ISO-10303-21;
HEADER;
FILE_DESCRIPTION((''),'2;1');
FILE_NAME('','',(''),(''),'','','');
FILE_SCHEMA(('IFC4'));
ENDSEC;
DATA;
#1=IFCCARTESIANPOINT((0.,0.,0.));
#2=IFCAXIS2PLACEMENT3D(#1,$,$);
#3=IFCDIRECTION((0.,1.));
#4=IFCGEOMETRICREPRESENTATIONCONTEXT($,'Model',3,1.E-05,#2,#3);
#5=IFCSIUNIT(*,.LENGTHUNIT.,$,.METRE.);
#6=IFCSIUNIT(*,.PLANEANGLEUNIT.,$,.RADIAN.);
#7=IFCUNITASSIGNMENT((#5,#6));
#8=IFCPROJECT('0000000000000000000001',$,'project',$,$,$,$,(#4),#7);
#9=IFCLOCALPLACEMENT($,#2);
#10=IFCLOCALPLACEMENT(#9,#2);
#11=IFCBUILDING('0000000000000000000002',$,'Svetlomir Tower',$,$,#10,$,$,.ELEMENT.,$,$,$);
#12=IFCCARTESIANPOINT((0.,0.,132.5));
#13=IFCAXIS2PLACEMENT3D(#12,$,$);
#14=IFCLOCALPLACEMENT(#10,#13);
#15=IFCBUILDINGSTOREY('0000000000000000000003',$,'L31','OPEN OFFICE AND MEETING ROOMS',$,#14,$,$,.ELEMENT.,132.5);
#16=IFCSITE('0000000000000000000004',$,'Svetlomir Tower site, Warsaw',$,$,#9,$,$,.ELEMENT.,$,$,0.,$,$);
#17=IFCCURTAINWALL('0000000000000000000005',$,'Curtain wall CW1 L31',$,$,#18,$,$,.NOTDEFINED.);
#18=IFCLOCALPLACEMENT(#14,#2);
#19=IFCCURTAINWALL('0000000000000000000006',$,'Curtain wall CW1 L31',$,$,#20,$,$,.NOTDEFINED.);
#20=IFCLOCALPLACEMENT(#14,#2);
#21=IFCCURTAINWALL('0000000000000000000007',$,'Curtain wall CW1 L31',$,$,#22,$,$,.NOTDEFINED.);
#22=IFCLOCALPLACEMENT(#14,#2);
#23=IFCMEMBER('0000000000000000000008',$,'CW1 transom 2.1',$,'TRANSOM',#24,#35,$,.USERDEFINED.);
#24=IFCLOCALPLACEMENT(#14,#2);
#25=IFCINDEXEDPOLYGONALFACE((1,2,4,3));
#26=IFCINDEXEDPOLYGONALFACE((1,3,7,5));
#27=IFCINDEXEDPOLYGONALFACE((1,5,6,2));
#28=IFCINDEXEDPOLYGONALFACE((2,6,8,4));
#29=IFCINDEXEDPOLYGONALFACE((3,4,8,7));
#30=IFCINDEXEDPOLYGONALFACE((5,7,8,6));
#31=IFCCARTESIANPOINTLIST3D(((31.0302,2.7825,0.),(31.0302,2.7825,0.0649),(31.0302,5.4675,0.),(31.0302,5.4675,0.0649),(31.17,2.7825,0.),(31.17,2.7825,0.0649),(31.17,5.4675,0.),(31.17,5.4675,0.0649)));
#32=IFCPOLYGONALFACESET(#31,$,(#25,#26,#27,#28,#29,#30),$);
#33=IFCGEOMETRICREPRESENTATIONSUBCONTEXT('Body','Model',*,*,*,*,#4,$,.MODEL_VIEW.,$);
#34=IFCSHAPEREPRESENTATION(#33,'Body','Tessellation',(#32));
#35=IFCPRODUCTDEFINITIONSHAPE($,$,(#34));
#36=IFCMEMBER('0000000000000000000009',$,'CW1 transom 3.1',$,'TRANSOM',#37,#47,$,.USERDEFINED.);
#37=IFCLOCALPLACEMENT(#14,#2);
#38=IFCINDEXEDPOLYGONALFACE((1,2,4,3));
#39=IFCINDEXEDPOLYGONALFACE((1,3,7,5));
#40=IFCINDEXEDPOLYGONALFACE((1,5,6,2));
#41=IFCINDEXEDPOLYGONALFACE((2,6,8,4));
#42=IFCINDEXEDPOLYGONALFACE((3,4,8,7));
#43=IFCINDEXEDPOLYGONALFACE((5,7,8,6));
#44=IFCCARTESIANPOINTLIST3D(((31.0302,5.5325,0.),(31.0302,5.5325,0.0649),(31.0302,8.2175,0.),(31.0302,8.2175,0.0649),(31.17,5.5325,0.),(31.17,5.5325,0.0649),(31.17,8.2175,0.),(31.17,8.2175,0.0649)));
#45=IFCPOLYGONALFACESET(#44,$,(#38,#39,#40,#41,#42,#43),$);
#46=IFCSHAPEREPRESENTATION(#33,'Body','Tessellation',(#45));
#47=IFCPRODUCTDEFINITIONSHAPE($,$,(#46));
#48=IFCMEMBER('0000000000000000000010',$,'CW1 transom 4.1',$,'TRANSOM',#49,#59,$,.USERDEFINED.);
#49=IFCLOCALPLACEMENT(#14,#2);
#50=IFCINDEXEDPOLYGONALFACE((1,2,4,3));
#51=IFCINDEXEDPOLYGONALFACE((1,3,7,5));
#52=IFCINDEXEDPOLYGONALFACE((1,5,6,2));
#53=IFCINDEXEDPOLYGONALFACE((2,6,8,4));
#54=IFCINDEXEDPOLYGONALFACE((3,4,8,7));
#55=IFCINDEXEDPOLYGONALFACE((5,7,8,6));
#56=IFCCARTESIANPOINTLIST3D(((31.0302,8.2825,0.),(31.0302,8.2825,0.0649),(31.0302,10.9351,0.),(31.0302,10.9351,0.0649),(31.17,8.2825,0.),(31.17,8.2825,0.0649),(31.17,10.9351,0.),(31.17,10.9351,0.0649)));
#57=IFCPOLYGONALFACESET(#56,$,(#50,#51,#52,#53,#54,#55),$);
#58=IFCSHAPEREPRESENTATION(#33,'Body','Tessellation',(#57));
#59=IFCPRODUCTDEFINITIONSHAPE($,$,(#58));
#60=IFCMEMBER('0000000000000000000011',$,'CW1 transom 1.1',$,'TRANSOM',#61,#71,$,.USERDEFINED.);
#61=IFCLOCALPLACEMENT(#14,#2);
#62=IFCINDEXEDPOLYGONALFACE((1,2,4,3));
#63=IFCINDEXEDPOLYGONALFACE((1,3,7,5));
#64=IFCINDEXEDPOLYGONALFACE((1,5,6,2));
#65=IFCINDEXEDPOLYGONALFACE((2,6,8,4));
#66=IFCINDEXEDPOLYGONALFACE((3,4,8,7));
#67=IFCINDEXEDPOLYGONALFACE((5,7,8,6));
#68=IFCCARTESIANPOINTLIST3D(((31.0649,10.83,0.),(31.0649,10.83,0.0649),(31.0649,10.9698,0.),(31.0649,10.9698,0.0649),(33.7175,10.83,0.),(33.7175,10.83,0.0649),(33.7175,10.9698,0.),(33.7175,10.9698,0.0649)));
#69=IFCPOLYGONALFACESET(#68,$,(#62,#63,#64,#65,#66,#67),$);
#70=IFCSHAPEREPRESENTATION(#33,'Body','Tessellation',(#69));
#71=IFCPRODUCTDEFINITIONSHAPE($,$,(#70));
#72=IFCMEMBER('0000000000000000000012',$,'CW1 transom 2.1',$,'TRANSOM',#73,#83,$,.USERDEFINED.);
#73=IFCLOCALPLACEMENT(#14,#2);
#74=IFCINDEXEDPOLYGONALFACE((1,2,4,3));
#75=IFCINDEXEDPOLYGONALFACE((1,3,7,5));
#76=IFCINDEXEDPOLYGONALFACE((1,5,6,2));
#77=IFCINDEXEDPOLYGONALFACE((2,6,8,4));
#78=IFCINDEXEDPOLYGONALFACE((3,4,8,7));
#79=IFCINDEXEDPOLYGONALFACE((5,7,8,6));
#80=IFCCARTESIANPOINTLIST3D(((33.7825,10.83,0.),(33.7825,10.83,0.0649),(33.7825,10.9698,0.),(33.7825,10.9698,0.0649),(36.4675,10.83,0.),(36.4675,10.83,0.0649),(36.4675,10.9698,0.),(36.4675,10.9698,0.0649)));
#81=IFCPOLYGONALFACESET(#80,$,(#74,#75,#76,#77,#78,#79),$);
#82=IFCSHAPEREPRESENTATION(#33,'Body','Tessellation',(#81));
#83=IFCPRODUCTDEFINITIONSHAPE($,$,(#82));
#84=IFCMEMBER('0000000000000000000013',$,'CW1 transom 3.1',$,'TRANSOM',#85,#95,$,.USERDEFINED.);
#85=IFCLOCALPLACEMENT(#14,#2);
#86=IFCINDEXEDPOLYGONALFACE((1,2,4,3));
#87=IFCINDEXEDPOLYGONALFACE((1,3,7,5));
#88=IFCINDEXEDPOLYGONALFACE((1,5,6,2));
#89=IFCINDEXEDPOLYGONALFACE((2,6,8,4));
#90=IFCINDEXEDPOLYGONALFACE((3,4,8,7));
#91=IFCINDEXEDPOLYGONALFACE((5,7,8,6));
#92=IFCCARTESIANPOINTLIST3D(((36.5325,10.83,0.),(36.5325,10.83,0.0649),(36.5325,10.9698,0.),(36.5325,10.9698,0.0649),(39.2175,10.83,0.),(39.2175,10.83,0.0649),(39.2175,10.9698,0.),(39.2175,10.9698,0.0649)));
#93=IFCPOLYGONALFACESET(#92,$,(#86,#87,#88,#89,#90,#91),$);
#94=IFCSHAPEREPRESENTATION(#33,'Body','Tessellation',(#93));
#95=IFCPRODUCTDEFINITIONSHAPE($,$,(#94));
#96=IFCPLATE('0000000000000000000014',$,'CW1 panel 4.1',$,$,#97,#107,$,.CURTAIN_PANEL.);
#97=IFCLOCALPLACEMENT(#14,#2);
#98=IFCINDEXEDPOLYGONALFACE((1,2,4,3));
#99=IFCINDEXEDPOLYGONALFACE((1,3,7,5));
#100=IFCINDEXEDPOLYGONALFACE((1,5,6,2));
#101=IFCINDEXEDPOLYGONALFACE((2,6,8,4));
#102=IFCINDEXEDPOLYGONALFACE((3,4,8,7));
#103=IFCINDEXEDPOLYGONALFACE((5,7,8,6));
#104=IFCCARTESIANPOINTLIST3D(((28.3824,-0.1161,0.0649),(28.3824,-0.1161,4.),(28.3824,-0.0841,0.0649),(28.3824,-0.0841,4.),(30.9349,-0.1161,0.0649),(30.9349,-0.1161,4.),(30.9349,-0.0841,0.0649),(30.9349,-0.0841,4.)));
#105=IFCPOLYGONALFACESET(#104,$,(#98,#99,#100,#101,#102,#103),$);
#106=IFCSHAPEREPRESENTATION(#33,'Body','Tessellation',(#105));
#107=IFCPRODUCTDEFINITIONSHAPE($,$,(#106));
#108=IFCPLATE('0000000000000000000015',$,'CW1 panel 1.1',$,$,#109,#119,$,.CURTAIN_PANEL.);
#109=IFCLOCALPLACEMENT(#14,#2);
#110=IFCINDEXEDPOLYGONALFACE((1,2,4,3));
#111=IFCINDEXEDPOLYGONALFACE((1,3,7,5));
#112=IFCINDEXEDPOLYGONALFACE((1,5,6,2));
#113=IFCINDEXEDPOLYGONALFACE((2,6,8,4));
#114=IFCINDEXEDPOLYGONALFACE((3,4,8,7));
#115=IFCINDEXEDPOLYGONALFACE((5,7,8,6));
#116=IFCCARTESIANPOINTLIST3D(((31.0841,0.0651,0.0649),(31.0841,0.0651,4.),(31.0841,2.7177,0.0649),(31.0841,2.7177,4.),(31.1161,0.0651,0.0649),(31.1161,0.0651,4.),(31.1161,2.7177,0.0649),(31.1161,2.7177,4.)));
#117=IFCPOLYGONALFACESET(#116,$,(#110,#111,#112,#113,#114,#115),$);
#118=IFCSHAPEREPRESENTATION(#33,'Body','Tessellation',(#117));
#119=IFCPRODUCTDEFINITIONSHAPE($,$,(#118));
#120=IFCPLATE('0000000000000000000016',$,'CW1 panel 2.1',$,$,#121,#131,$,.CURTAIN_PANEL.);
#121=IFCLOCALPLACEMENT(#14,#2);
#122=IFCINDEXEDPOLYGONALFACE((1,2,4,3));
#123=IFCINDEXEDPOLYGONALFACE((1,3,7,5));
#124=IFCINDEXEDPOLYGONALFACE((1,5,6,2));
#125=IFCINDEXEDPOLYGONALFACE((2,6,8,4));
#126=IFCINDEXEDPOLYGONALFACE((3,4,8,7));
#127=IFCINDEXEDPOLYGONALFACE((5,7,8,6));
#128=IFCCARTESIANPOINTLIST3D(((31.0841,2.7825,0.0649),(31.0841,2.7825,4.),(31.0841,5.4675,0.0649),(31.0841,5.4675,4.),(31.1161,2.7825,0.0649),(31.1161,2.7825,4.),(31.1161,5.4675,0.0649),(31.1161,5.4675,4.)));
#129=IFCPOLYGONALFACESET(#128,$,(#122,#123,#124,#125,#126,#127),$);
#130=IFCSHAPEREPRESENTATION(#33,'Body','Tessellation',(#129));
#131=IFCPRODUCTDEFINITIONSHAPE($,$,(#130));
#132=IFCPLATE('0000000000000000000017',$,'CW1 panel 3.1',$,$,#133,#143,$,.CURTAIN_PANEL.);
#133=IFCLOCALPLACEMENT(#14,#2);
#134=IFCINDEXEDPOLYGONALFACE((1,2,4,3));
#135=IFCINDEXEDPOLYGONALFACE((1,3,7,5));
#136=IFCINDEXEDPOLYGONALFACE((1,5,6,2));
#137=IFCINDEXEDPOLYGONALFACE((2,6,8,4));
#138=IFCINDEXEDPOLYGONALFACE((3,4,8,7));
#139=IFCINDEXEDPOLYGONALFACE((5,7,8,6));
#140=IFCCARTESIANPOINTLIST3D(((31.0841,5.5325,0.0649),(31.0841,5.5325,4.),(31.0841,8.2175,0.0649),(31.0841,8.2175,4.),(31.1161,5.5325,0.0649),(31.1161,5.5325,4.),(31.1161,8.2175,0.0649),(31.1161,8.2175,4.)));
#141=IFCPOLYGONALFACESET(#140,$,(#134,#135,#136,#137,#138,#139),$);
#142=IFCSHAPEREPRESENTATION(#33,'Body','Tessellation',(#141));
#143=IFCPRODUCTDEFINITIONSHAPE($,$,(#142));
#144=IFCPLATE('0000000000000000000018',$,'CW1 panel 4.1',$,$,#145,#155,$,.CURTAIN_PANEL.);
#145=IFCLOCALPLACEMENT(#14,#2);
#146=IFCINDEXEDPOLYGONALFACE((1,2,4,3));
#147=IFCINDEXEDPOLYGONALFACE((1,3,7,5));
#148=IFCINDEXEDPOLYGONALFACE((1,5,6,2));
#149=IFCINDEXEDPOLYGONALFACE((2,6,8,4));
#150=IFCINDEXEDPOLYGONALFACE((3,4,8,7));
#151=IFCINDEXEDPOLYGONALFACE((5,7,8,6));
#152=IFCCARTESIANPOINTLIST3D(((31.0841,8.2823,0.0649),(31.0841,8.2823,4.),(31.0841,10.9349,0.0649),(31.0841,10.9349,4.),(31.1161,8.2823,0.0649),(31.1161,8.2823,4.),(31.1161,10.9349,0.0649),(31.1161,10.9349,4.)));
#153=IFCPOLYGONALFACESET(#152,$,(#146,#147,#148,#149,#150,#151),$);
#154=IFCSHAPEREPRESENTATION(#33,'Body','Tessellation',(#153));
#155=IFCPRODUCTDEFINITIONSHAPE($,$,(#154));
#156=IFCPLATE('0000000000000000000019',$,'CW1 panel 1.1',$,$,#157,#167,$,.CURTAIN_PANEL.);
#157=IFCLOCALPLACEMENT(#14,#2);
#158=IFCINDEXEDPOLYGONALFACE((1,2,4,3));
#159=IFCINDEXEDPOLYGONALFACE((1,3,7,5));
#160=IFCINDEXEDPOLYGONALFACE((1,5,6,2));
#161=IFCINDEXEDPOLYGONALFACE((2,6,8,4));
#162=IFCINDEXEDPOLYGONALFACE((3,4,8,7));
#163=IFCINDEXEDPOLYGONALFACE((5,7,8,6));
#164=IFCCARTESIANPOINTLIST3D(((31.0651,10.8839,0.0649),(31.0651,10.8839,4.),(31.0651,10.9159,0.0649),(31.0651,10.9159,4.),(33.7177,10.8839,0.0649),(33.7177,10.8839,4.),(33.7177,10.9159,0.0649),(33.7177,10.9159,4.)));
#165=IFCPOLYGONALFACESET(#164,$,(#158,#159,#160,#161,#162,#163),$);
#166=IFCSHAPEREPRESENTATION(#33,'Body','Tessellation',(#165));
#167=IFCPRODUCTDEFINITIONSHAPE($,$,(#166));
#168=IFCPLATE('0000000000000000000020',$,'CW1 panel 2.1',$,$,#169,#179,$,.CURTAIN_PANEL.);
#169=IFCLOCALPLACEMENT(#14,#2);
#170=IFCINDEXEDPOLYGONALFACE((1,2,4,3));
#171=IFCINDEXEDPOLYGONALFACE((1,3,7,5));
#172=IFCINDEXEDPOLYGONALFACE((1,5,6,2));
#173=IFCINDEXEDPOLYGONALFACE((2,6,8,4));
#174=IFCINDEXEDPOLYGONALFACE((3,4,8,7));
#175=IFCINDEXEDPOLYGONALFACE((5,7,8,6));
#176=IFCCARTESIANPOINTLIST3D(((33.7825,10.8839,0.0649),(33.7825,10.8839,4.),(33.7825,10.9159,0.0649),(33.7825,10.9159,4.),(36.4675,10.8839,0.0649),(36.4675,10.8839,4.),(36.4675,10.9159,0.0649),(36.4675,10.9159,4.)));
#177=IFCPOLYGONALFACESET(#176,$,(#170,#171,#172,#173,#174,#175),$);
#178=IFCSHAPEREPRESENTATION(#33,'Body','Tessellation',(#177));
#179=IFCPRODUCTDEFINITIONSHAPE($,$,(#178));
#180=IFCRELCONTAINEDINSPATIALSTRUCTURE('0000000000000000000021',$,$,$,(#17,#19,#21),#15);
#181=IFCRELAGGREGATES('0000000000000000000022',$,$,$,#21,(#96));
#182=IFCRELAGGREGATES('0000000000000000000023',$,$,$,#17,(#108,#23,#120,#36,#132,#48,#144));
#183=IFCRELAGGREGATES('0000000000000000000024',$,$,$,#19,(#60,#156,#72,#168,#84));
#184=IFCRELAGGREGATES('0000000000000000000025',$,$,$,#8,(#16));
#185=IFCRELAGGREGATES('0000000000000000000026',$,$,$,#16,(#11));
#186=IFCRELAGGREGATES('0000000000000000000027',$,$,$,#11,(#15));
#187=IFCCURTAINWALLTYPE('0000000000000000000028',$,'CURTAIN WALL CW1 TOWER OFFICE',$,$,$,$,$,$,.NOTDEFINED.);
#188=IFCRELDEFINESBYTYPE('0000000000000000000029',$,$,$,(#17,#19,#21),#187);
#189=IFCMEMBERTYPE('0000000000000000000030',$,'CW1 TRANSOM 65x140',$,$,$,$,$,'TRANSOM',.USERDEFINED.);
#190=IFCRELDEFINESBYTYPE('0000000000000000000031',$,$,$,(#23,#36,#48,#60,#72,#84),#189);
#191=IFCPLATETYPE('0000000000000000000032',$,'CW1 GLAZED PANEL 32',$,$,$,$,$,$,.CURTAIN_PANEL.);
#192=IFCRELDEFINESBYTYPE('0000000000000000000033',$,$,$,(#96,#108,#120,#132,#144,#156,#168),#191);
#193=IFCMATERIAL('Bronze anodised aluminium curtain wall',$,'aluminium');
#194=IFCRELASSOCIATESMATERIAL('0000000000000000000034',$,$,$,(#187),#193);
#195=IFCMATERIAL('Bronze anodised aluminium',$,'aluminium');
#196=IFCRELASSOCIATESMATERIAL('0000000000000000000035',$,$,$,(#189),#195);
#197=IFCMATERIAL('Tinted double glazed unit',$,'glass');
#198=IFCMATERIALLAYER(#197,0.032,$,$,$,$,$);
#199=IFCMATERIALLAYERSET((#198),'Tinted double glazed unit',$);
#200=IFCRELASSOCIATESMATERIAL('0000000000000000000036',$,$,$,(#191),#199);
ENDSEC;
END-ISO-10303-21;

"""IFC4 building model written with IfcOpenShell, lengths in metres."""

from ifc_helpers import new_model, si_unit, direction, frame, origin, origin_2d, place, context, subcontext, project, spatial, rectangle, extrude, material, layer, layer_set, material_profile, profile_set, type_object, element, aggregate, save


model = new_model("IFC4")

# Units and contexts
model_context = context("Model", 3, precision=1e-05, world=origin(), true_north=direction((0.0, 1.0)))
body_context = subcontext(model_context, "Body", "Model", "MODEL_VIEW")
ifc_project = project(units=[si_unit("LENGTHUNIT", "METRE"), si_unit("PLANEANGLEUNIT", "RADIAN")], contexts=[model_context])

# Site, building, storey
site_placement = place(None, origin())
site = spatial("IfcSite", under=ifc_project, at=site_placement, Name="Svetlomir Tower site, Warsaw", CompositionType="ELEMENT", RefElevation=0.0)
building_placement = place(site_placement, origin())
building = spatial("IfcBuilding", under=site, at=building_placement, Name="Svetlomir Tower", CompositionType="ELEMENT")
storey_placement = place(building_placement, frame((0.0, 0.0, 132.5)))
storey = spatial("IfcBuildingStorey", under=building, at=storey_placement, Name="L31", Description="OPEN OFFICE AND MEETING ROOMS", CompositionType="ELEMENT", Elevation=132.5)

# Curtain walls
ifc_material_1 = material(Name="Bronze anodised aluminium curtain wall", Category="aluminium")
curtain_wall_type = type_object("IfcCurtainWallType", Name="CURTAIN WALL CW1 TOWER OFFICE", PredefinedType="NOTDEFINED", material=ifc_material_1)
curtain_wall_1_placement = place(storey_placement, origin())
curtain_wall_1 = element("IfcCurtainWall", 1, at=curtain_wall_1_placement, inside=storey, type_object=curtain_wall_type, Name="Curtain wall CW1 L31", PredefinedType="NOTDEFINED")
curtain_wall_2_placement = place(storey_placement, origin())
curtain_wall_2 = element("IfcCurtainWall", 2, at=curtain_wall_2_placement, inside=storey, type_object=curtain_wall_type, Name="Curtain wall CW1 L31", PredefinedType="NOTDEFINED")

# Curtain wall
curtain_wall_3_placement = place(storey_placement, origin())
curtain_wall_3 = element("IfcCurtainWall", 3, at=curtain_wall_3_placement, inside=storey, type_object=curtain_wall_type, Name="Curtain wall CW1 L31", PredefinedType="NOTDEFINED")

# Members
ifc_material_2 = material(Name="Bronze anodised aluminium", Category="aluminium")
ifc_material_profile_1 = material_profile(ifc_material_2, rectangle(XDim=0.1399, YDim=0.0649, at=origin_2d()), Name="AL 140x65")
ifc_profile_set_1 = profile_set([ifc_material_profile_1], Name="Bronze anodised aluminium 6063-T6")
member_type_1 = type_object("IfcMemberType", Name="CW1 TRANSOM 65x140", ElementType="TRANSOM", PredefinedType="USERDEFINED", material=ifc_profile_set_1)
member_1_placement = place(storey_placement, frame((31.1001, 2.7825, 0.0325), z_axis=(0.0, 1.0, 0.0), x_axis=(-1.0, 0.0, 0.0)))
member_1 = element("IfcMember", 4, at=member_1_placement, type_object=member_type_1, Name="CW1 transom 2.1", ObjectType="TRANSOM", PredefinedType="USERDEFINED", context=body_context, shape_type="SweptSolid", body=[
    extrude(rectangle(XDim=0.1399, YDim=0.0649, at=origin_2d()), origin(), (0.0, 0.0, 1.0), 2.6851),
])
member_2_placement = place(storey_placement, frame((31.1001, 5.5325, 0.0325), z_axis=(0.0, 1.0, 0.0), x_axis=(-1.0, 0.0, 0.0)))
member_2 = element("IfcMember", 5, at=member_2_placement, type_object=member_type_1, Name="CW1 transom 3.1", ObjectType="TRANSOM", PredefinedType="USERDEFINED", context=body_context, shape_type="SweptSolid", body=[
    extrude(rectangle(XDim=0.1399, YDim=0.0649, at=origin_2d()), origin(), (0.0, 0.0, 1.0), 2.6851),
])
member_3_placement = place(storey_placement, frame((31.1001, 8.2825, 0.0325), z_axis=(0.0, 1.0, 0.0), x_axis=(-1.0, 0.0, 0.0)))
member_3 = element("IfcMember", 6, at=member_3_placement, type_object=member_type_1, Name="CW1 transom 4.1", ObjectType="TRANSOM", PredefinedType="USERDEFINED", context=body_context, shape_type="SweptSolid", body=[
    extrude(rectangle(XDim=0.1399, YDim=0.0649, at=origin_2d()), origin(), (0.0, 0.0, 1.0), 2.6526),
])
member_4_placement = place(storey_placement, frame((31.0649, 10.8999, 0.0325), z_axis=(1.0, 0.0, 0.0), x_axis=(0.0, 1.0, 0.0)))
member_4 = element("IfcMember", 7, at=member_4_placement, type_object=member_type_1, Name="CW1 transom 1.1", ObjectType="TRANSOM", PredefinedType="USERDEFINED", context=body_context, shape_type="SweptSolid", body=[
    extrude(rectangle(XDim=0.1399, YDim=0.0649, at=origin_2d()), origin(), (0.0, 0.0, 1.0), 2.6526),
])
member_5_placement = place(storey_placement, frame((33.7825, 10.8999, 0.0325), z_axis=(1.0, 0.0, 0.0), x_axis=(0.0, 1.0, 0.0)))
member_5 = element("IfcMember", 8, at=member_5_placement, type_object=member_type_1, Name="CW1 transom 2.1", ObjectType="TRANSOM", PredefinedType="USERDEFINED", context=body_context, shape_type="SweptSolid", body=[
    extrude(rectangle(XDim=0.1399, YDim=0.0649, at=origin_2d()), origin(), (0.0, 0.0, 1.0), 2.6851),
])
member_6_placement = place(storey_placement, frame((36.5325, 10.8999, 0.0325), z_axis=(1.0, 0.0, 0.0), x_axis=(0.0, 1.0, 0.0)))
member_6 = element("IfcMember", 9, at=member_6_placement, type_object=member_type_1, Name="CW1 transom 3.1", ObjectType="TRANSOM", PredefinedType="USERDEFINED", context=body_context, shape_type="SweptSolid", body=[
    extrude(rectangle(XDim=0.1399, YDim=0.0649, at=origin_2d()), origin(), (0.0, 0.0, 1.0), 2.6851),
])

# Plates
ifc_material_3 = material(Name="Tinted double glazed unit", Category="glass")
ifc_layer = layer(ifc_material_3, 0.032)
ifc_layer_set = layer_set([ifc_layer], Name="Tinted double glazed unit")
plate_type = type_object("IfcPlateType", Name="CW1 GLAZED PANEL 32", PredefinedType="CURTAIN_PANEL", material=ifc_layer_set)
plate_1_placement = place(storey_placement, frame((29.6587, -0.1001, 0.0649), z_axis=(0.0, 0.0, 1.0), x_axis=(1.0, 0.0, 0.0)))
plate_1 = element("IfcPlate", 10, at=plate_1_placement, type_object=plate_type, Name="CW1 panel 4.1", PredefinedType="CURTAIN_PANEL", context=body_context, shape_type="SweptSolid", body=[
    extrude(rectangle(XDim=2.5525, YDim=0.032, at=origin_2d()), origin(), (0.0, 0.0, 1.0), 3.9351),
])
aggregate(curtain_wall_3, [plate_1])
plate_2_placement = place(storey_placement, frame((31.1001, 1.3914, 0.0649), z_axis=(0.0, 0.0, 1.0), x_axis=(0.0, 1.0, 0.0)))
plate_2 = element("IfcPlate", 11, at=plate_2_placement, type_object=plate_type, Name="CW1 panel 1.1", PredefinedType="CURTAIN_PANEL", context=body_context, shape_type="SweptSolid", body=[
    extrude(rectangle(XDim=2.6526, YDim=0.032, at=origin_2d()), origin(), (0.0, 0.0, 1.0), 3.9351),
])
plate_3_placement = place(storey_placement, frame((31.1001, 4.125, 0.0649), z_axis=(0.0, 0.0, 1.0), x_axis=(0.0, 1.0, 0.0)))
plate_3 = element("IfcPlate", 12, at=plate_3_placement, type_object=plate_type, Name="CW1 panel 2.1", PredefinedType="CURTAIN_PANEL", context=body_context, shape_type="SweptSolid", body=[
    extrude(rectangle(XDim=2.6851, YDim=0.032, at=origin_2d()), origin(), (0.0, 0.0, 1.0), 3.9351),
])
plate_4_placement = place(storey_placement, frame((31.1001, 6.875, 0.0649), z_axis=(0.0, 0.0, 1.0), x_axis=(0.0, 1.0, 0.0)))
plate_4 = element("IfcPlate", 13, at=plate_4_placement, type_object=plate_type, Name="CW1 panel 3.1", PredefinedType="CURTAIN_PANEL", context=body_context, shape_type="SweptSolid", body=[
    extrude(rectangle(XDim=2.6851, YDim=0.032, at=origin_2d()), origin(), (0.0, 0.0, 1.0), 3.9351),
])
plate_5_placement = place(storey_placement, frame((31.1001, 9.6086, 0.0649), z_axis=(0.0, 0.0, 1.0), x_axis=(0.0, 1.0, 0.0)))
plate_5 = element("IfcPlate", 14, at=plate_5_placement, type_object=plate_type, Name="CW1 panel 4.1", PredefinedType="CURTAIN_PANEL", context=body_context, shape_type="SweptSolid", body=[
    extrude(rectangle(XDim=2.6526, YDim=0.032, at=origin_2d()), origin(), (0.0, 0.0, 1.0), 3.9351),
])
aggregate(curtain_wall_1, [plate_2, member_1, plate_3, member_2, plate_4, member_3, plate_5])
plate_6_placement = place(storey_placement, frame((32.3914, 10.8999, 0.0649), z_axis=(0.0, 0.0, 1.0), x_axis=(1.0, 0.0, 0.0)))
plate_6 = element("IfcPlate", 15, at=plate_6_placement, type_object=plate_type, Name="CW1 panel 1.1", PredefinedType="CURTAIN_PANEL", context=body_context, shape_type="SweptSolid", body=[
    extrude(rectangle(XDim=2.6526, YDim=0.032, at=origin_2d()), origin(), (0.0, 0.0, 1.0), 3.9351),
])
plate_7_placement = place(storey_placement, frame((35.125, 10.8999, 0.0649), z_axis=(0.0, 0.0, 1.0), x_axis=(1.0, 0.0, 0.0)))
plate_7 = element("IfcPlate", 16, at=plate_7_placement, type_object=plate_type, Name="CW1 panel 2.1", PredefinedType="CURTAIN_PANEL", context=body_context, shape_type="SweptSolid", body=[
    extrude(rectangle(XDim=2.6851, YDim=0.032, at=origin_2d()), origin(), (0.0, 0.0, 1.0), 3.9351),
])
aggregate(curtain_wall_2, [member_4, plate_6, member_5, plate_7, member_6])

save(model, "model.ifc")
